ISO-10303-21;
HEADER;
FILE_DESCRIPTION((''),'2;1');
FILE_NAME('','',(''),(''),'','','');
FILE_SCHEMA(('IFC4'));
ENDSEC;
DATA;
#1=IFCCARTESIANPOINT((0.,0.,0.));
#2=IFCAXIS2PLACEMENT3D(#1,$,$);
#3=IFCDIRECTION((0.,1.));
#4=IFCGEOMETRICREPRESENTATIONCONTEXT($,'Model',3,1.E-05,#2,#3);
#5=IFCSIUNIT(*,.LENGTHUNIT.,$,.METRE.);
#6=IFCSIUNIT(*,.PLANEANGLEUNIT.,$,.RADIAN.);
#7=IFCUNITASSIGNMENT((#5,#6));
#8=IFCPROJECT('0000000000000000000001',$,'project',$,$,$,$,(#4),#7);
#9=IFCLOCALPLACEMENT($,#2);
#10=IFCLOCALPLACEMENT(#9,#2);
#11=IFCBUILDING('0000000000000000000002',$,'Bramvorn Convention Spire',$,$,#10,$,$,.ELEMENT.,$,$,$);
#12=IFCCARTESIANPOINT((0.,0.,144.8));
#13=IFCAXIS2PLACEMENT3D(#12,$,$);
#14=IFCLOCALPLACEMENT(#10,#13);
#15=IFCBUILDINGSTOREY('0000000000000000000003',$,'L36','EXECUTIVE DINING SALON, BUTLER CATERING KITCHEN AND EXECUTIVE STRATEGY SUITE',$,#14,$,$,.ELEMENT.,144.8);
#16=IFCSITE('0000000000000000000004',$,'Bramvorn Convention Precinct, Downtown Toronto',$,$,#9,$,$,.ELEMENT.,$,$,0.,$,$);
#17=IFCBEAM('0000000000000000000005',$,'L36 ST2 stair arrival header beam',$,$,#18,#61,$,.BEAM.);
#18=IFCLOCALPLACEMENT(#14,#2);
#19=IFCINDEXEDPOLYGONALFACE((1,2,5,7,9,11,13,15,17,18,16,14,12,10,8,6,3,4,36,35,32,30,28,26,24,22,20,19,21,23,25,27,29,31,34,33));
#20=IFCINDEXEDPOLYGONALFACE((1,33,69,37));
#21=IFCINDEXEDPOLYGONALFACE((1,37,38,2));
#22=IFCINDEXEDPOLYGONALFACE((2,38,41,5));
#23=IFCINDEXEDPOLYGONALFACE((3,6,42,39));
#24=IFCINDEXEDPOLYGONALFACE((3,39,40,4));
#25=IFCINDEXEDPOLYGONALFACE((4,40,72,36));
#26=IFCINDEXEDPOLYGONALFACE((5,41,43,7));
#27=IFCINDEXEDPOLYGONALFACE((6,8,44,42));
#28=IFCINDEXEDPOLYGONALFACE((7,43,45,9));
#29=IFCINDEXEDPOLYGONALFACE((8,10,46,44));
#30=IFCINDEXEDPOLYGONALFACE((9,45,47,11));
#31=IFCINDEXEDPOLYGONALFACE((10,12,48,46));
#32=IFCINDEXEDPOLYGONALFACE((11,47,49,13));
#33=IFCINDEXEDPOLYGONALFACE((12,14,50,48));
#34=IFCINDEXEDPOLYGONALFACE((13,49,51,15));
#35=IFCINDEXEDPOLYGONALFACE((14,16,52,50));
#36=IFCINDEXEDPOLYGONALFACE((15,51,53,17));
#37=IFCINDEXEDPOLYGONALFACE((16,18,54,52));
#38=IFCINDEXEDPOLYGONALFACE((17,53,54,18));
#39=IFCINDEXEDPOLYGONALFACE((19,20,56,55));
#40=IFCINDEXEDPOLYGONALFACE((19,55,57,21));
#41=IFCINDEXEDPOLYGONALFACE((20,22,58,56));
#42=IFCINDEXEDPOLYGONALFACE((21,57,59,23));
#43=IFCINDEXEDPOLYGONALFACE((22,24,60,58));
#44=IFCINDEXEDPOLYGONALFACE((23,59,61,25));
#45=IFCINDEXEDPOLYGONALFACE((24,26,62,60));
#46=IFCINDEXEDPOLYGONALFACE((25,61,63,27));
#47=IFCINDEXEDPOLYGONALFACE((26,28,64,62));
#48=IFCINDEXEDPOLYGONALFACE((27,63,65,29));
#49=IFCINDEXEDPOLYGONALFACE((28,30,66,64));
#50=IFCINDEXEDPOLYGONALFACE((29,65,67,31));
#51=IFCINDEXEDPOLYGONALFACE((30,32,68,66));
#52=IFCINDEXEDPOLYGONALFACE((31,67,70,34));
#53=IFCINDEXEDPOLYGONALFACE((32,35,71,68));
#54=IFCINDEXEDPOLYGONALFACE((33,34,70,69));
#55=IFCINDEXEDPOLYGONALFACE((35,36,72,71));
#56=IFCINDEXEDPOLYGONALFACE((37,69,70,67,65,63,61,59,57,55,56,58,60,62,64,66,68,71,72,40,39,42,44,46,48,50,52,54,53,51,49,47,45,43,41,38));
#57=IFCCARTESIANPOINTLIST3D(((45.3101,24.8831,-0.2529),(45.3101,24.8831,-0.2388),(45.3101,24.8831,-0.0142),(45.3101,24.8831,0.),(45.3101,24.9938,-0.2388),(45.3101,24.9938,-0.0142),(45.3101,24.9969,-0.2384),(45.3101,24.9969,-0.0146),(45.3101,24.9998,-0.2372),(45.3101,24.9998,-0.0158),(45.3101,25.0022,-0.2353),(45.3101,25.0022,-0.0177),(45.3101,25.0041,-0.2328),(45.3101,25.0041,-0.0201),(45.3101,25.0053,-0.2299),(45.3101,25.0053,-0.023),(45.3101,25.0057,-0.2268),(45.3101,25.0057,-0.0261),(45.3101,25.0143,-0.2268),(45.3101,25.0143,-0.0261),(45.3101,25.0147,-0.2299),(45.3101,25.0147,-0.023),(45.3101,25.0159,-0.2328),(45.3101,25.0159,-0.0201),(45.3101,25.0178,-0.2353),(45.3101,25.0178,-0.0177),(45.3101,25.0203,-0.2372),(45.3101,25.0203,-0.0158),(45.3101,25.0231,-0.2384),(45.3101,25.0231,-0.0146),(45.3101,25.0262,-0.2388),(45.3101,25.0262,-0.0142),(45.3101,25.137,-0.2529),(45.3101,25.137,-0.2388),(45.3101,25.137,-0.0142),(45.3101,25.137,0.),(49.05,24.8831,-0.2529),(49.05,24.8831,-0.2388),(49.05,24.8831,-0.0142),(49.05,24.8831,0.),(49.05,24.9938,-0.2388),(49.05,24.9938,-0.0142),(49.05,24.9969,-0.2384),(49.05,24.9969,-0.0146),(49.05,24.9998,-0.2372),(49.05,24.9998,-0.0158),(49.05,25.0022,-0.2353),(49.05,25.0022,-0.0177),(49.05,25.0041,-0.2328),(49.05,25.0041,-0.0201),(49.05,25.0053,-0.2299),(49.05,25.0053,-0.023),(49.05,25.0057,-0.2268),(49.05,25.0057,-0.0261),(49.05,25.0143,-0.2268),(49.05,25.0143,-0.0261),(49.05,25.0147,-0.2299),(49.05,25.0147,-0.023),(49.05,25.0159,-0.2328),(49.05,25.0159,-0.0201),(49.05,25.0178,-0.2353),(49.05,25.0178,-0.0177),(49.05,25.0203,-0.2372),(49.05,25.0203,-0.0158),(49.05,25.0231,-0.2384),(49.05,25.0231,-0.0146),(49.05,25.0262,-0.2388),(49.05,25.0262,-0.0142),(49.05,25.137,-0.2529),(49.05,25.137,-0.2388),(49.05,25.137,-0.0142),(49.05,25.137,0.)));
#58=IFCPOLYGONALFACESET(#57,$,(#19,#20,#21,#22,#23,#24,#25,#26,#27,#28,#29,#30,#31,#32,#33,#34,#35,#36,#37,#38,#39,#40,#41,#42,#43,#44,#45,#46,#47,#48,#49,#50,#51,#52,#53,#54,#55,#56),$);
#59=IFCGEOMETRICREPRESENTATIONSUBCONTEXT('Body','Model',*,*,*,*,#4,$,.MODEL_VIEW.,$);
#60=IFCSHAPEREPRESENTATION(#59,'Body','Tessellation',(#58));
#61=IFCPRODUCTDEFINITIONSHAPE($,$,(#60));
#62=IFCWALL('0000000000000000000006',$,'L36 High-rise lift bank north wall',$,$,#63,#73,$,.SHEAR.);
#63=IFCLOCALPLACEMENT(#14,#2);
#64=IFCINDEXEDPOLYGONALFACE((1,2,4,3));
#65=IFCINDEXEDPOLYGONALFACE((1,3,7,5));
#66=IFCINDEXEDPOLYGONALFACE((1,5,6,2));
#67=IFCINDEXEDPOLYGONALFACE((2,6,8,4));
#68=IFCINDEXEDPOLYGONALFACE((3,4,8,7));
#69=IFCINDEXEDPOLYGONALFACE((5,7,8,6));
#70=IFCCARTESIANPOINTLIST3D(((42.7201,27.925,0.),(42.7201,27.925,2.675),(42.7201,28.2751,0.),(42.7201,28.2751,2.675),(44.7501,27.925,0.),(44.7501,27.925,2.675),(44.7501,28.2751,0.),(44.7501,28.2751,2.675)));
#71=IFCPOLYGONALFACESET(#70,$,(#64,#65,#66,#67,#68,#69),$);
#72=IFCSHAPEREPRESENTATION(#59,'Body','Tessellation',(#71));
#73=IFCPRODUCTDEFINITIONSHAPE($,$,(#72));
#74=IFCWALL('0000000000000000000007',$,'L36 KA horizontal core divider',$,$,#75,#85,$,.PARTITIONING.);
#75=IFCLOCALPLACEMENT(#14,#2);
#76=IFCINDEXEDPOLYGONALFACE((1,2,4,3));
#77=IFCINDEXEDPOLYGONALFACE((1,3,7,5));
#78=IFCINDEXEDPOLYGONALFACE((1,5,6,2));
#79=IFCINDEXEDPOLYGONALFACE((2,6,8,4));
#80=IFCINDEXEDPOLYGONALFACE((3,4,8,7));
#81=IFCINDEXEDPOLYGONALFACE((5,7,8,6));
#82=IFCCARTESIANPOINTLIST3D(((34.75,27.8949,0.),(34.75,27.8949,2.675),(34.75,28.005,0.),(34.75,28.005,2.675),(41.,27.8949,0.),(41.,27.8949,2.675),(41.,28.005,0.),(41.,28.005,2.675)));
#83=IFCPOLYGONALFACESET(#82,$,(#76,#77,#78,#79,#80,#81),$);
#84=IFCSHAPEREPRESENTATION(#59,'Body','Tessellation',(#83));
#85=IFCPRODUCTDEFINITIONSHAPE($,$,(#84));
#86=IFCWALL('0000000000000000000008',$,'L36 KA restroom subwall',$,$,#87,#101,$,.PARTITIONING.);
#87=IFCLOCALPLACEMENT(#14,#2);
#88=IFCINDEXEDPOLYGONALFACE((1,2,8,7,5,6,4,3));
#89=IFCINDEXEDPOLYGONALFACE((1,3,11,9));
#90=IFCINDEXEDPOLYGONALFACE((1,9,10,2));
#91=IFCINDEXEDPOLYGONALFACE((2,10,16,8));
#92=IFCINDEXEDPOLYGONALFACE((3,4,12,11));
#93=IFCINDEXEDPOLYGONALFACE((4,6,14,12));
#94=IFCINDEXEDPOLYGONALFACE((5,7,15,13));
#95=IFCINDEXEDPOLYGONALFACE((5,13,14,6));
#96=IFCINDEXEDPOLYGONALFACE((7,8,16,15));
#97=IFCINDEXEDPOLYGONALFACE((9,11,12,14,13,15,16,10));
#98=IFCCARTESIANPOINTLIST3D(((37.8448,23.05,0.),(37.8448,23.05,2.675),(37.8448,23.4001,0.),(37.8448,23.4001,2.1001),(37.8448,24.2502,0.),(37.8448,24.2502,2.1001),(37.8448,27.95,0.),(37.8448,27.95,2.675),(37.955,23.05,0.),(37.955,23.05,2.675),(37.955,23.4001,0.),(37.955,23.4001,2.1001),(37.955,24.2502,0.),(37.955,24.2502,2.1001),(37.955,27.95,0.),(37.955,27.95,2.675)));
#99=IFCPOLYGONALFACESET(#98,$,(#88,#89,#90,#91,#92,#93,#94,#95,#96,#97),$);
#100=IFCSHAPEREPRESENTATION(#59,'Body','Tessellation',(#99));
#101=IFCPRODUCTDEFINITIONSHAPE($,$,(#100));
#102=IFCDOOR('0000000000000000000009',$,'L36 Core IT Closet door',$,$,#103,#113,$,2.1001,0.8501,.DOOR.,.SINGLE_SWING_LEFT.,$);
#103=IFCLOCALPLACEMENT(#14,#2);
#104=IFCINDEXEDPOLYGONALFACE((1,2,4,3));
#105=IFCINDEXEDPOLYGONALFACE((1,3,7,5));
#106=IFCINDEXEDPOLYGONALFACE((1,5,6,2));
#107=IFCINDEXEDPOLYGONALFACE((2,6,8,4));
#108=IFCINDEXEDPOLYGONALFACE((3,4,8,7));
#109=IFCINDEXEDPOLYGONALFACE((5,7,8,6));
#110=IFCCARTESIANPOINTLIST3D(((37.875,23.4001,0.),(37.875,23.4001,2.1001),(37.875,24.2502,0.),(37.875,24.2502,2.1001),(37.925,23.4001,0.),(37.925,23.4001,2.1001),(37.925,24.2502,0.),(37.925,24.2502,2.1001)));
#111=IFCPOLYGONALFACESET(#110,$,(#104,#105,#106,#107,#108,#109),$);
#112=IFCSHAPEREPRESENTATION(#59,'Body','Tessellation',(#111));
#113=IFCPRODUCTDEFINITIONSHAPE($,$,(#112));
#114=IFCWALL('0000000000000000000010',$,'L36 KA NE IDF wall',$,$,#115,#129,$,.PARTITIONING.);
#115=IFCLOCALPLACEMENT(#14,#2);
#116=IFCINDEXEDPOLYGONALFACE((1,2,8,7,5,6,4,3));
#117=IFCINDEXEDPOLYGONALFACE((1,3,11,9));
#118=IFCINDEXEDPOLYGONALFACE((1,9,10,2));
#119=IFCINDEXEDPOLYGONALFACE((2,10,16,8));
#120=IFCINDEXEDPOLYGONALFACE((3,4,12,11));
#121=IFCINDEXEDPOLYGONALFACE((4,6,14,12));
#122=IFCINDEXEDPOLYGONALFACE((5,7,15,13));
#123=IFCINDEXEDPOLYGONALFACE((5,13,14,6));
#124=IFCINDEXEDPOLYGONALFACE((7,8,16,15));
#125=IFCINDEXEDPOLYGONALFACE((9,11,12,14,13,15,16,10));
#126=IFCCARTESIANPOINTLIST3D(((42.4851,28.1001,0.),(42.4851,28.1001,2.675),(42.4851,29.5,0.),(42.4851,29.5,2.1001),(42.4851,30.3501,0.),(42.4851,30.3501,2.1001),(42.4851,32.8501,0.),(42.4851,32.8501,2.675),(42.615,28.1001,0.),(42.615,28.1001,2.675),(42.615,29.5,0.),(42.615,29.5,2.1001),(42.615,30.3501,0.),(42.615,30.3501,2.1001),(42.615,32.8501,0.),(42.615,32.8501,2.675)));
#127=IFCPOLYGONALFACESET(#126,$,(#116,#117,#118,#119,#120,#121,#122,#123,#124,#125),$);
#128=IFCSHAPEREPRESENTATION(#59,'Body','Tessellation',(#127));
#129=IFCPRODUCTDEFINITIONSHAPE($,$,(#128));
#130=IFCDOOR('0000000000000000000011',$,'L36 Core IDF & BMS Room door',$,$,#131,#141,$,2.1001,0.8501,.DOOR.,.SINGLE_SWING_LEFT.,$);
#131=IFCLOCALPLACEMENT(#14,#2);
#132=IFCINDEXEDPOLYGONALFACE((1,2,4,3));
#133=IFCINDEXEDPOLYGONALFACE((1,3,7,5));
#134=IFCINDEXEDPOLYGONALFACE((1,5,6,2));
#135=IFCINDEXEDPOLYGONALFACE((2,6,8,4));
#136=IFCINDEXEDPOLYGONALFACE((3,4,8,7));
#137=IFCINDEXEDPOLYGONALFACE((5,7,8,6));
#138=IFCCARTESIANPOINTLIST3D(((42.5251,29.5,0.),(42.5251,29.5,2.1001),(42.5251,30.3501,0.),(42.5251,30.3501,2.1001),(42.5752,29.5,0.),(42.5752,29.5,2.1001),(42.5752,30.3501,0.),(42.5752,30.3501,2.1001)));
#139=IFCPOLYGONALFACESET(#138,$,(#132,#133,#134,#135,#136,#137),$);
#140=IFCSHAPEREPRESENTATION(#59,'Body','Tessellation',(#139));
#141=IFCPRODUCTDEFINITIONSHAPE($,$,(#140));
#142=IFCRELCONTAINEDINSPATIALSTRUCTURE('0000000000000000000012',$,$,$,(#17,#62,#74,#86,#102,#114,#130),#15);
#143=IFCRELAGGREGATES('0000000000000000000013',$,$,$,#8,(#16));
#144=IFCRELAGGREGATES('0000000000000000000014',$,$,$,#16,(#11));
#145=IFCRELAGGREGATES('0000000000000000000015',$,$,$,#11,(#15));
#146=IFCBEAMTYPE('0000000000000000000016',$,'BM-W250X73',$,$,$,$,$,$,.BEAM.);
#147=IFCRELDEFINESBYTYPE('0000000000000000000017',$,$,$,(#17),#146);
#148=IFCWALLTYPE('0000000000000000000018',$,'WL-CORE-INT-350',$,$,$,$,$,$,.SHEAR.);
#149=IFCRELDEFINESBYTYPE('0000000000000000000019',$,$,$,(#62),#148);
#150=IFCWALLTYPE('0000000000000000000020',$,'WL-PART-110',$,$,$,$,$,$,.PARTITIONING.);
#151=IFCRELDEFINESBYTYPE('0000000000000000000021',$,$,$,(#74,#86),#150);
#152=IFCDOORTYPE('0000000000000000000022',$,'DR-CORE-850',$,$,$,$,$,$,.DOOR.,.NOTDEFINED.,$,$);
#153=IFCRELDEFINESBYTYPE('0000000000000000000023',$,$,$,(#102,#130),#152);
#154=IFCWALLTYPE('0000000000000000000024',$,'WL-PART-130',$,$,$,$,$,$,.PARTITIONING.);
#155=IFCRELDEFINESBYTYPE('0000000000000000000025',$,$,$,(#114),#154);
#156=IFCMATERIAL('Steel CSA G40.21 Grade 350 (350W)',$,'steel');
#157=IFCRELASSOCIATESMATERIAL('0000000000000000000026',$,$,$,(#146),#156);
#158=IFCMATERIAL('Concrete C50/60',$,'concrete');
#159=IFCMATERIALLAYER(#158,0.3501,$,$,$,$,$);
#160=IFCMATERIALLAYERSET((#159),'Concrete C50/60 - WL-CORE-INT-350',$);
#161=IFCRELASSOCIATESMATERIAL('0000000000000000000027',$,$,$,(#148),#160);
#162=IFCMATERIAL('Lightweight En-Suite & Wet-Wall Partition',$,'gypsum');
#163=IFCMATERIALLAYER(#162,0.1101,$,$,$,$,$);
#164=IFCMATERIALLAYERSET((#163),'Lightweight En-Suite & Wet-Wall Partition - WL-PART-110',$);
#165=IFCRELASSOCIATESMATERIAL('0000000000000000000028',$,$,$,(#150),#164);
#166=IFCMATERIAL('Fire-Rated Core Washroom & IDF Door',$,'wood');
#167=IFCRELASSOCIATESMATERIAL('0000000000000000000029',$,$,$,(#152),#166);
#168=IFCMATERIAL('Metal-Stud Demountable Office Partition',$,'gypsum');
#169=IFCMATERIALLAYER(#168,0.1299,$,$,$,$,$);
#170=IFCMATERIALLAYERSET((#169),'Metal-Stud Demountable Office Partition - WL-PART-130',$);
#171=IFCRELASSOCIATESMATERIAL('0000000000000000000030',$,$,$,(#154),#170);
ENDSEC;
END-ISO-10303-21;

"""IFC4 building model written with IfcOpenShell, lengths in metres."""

from ifc_helpers import new_model, si_unit, direction, frame, frame_2d, origin, origin_2d, place, context, subcontext, project, spatial, rectangle, i_section, extrude, material, layer, layer_set, material_profile, profile_set, type_object, element, fill, save


model = new_model("IFC4")

# Units and contexts
model_context = context("Model", 3, precision=1e-05, world=origin(), true_north=direction((0.0, 1.0)))
body_context = subcontext(model_context, "Body", "Model", "MODEL_VIEW")
ifc_project = project(units=[si_unit("LENGTHUNIT", "METRE"), si_unit("PLANEANGLEUNIT", "RADIAN")], contexts=[model_context])

# Site, building, storey
site_placement = place(None, origin())
site = spatial("IfcSite", under=ifc_project, at=site_placement, Name="Bramvorn Convention Precinct, Downtown Toronto", CompositionType="ELEMENT", RefElevation=0.0)
building_placement = place(site_placement, origin())
building = spatial("IfcBuilding", under=site, at=building_placement, Name="Bramvorn Convention Spire", CompositionType="ELEMENT")
storey_placement = place(building_placement, frame((0.0, 0.0, 144.8)))
storey = spatial("IfcBuildingStorey", under=building, at=storey_placement, Name="L36", Description="EXECUTIVE DINING SALON, BUTLER CATERING KITCHEN AND EXECUTIVE STRATEGY SUITE", CompositionType="ELEMENT", Elevation=144.8)

# Beam
ifc_material_1 = material(Name="Steel CSA G40.21 Grade 350 (350W)", Category="steel")
ifc_material_profile = material_profile(ifc_material_1, i_section(OverallWidth=0.2539, OverallDepth=0.2529, WebThickness=0.0085, FlangeThickness=0.0142, FilletRadius=0.012, at=origin_2d()))
ifc_profile_set = profile_set([ifc_material_profile], Name="Steel CSA G40.21 Grade 350 (350W) - W250X73")
beam_type = type_object("IfcBeamType", Name="BM-W250X73", PredefinedType="BEAM", material=ifc_profile_set)
beam_placement = place(storey_placement, frame((45.3101, 25.01, -0.1265), z_axis=(1.0, 0.0, 0.0), x_axis=(0.0, 1.0, 0.0)))
element("IfcBeam", 1, at=beam_placement, inside=storey, type_object=beam_type, Name="L36 ST2 stair arrival header beam", PredefinedType="BEAM", context=body_context, shape_type="SweptSolid", body=[
    extrude(i_section(OverallWidth=0.2539, OverallDepth=0.2529, WebThickness=0.0085, FlangeThickness=0.0142, FilletRadius=0.012, at=origin_2d()), origin(), (0.0, 0.0, 1.0), 3.74),
])

# Walls
ifc_material_2 = material(Name="Concrete C50/60", Category="concrete")
ifc_layer_1 = layer(ifc_material_2, 0.3501)
ifc_layer_set_1 = layer_set([ifc_layer_1], Name="Concrete C50/60 - WL-CORE-INT-350")
wall_type_1 = type_object("IfcWallType", Name="WL-CORE-INT-350", PredefinedType="SHEAR", material=ifc_layer_set_1)
wall_1_placement = place(storey_placement, frame((42.72, 28.1001, 0.0), z_axis=(0.0, 0.0, 1.0), x_axis=(1.0, 0.0, 0.0)))
element("IfcWall", 2, at=wall_1_placement, inside=storey, type_object=wall_type_1, Name="L36 High-rise lift bank north wall", PredefinedType="SHEAR", context=body_context, shape_type="SweptSolid", body=[
    extrude(rectangle(XDim=2.03, YDim=0.3501, at=frame_2d((1.0151, 0.0))), origin(), (0.0, 0.0, 1.0), 2.675),
])
ifc_material_3 = material(Name="Lightweight En-Suite & Wet-Wall Partition", Category="gypsum")
ifc_layer_2 = layer(ifc_material_3, 0.1101)
ifc_layer_set_2 = layer_set([ifc_layer_2], Name="Lightweight En-Suite & Wet-Wall Partition - WL-PART-110")
wall_type_2 = type_object("IfcWallType", Name="WL-PART-110", PredefinedType="PARTITIONING", material=ifc_layer_set_2)
wall_2_placement = place(storey_placement, frame((34.75, 27.95, 0.0), z_axis=(0.0, 0.0, 1.0), x_axis=(1.0, 0.0, 0.0)))
element("IfcWall", 3, at=wall_2_placement, inside=storey, type_object=wall_type_2, Name="L36 KA horizontal core divider", PredefinedType="PARTITIONING", context=body_context, shape_type="SweptSolid", body=[
    extrude(rectangle(XDim=6.25, YDim=0.1101, at=frame_2d((3.125, 0.0))), origin(), (0.0, 0.0, 1.0), 2.675),
])

# Walls, openings, doors
wall_3_placement = place(storey_placement, frame((37.8999, 23.05, 0.0), z_axis=(0.0, 0.0, 1.0), x_axis=(0.0, 1.0, 0.0)))
wall_3 = element("IfcWall", 4, at=wall_3_placement, inside=storey, type_object=wall_type_2, Name="L36 KA restroom subwall", PredefinedType="PARTITIONING", context=body_context, shape_type="SweptSolid", body=[
    extrude(rectangle(XDim=4.8999, YDim=0.1101, at=frame_2d((2.45, 0.0))), origin(), (0.0, 0.0, 1.0), 2.675),
])
opening_1_placement = place(wall_3_placement, frame((0.3501, 0.0, 0.0)))
opening_1 = element("IfcOpeningElement", 5, at=opening_1_placement, cuts=wall_3, PredefinedType="OPENING", context=body_context, shape_type="SweptSolid", body=[
    extrude(rectangle(XDim=0.8501, YDim=2.1001, at=frame_2d((0.425, 1.05))), frame((0.0, 0.0649, 0.0), z_axis=(0.0, -1.0, 0.0), x_axis=(1.0, 0.0, 0.0)), (0.0, 0.0, 1.0), 0.1301),
])
ifc_material_4 = material(Name="Fire-Rated Core Washroom & IDF Door", Category="wood")
door_type_1 = type_object("IfcDoorType", Name="DR-CORE-850", OperationType="NOTDEFINED", PredefinedType="DOOR", material=ifc_material_4)
door_1_placement = place(opening_1_placement, origin())
door_1 = element("IfcDoor", 6, at=door_1_placement, inside=storey, type_object=door_type_1, Name="L36 Core IT Closet door", OperationType="SINGLE_SWING_LEFT", OverallHeight=2.1001, OverallWidth=0.8501, PredefinedType="DOOR", context=body_context, shape_type="SweptSolid", body=[
    extrude(rectangle(XDim=0.8501, YDim=2.1001, at=frame_2d((0.425, 1.05))), frame((0.0, 0.0249, 0.0), z_axis=(0.0, -1.0, 0.0), x_axis=(1.0, 0.0, 0.0)), (0.0, 0.0, 1.0), 0.05),
])
fill(opening_1, door_1)
ifc_material_5 = material(Name="Metal-Stud Demountable Office Partition", Category="gypsum")
ifc_layer_3 = layer(ifc_material_5, 0.1299)
ifc_layer_set_3 = layer_set([ifc_layer_3], Name="Metal-Stud Demountable Office Partition - WL-PART-130")
wall_type_3 = type_object("IfcWallType", Name="WL-PART-130", PredefinedType="PARTITIONING", material=ifc_layer_set_3)
wall_4_placement = place(storey_placement, frame((42.55, 28.1001, 0.0), z_axis=(0.0, 0.0, 1.0), x_axis=(0.0, 1.0, 0.0)))
wall_4 = element("IfcWall", 7, at=wall_4_placement, inside=storey, type_object=wall_type_3, Name="L36 KA NE IDF wall", PredefinedType="PARTITIONING", context=body_context, shape_type="SweptSolid", body=[
    extrude(rectangle(XDim=4.75, YDim=0.1299, at=frame_2d((2.375, 0.0))), origin(), (0.0, 0.0, 1.0), 2.675),
])
opening_2_placement = place(wall_4_placement, frame((1.3999, 0.0, 0.0)))
opening_2 = element("IfcOpeningElement", 8, at=opening_2_placement, cuts=wall_4, PredefinedType="OPENING", context=body_context, shape_type="SweptSolid", body=[
    extrude(rectangle(XDim=0.8501, YDim=2.1001, at=frame_2d((0.425, 1.05))), frame((0.0, 0.075, 0.0), z_axis=(0.0, -1.0, 0.0), x_axis=(1.0, 0.0, 0.0)), (0.0, 0.0, 1.0), 0.1499),
])
door_2_placement = place(opening_2_placement, origin())
door_2 = element("IfcDoor", 9, at=door_2_placement, inside=storey, type_object=door_type_1, Name="L36 Core IDF & BMS Room door", OperationType="SINGLE_SWING_LEFT", OverallHeight=2.1001, OverallWidth=0.8501, PredefinedType="DOOR", context=body_context, shape_type="SweptSolid", body=[
    extrude(rectangle(XDim=0.8501, YDim=2.1001, at=frame_2d((0.425, 1.05))), frame((0.0, 0.0249, 0.0), z_axis=(0.0, -1.0, 0.0), x_axis=(1.0, 0.0, 0.0)), (0.0, 0.0, 1.0), 0.05),
])
fill(opening_2, door_2)

save(model, "model.ifc")
